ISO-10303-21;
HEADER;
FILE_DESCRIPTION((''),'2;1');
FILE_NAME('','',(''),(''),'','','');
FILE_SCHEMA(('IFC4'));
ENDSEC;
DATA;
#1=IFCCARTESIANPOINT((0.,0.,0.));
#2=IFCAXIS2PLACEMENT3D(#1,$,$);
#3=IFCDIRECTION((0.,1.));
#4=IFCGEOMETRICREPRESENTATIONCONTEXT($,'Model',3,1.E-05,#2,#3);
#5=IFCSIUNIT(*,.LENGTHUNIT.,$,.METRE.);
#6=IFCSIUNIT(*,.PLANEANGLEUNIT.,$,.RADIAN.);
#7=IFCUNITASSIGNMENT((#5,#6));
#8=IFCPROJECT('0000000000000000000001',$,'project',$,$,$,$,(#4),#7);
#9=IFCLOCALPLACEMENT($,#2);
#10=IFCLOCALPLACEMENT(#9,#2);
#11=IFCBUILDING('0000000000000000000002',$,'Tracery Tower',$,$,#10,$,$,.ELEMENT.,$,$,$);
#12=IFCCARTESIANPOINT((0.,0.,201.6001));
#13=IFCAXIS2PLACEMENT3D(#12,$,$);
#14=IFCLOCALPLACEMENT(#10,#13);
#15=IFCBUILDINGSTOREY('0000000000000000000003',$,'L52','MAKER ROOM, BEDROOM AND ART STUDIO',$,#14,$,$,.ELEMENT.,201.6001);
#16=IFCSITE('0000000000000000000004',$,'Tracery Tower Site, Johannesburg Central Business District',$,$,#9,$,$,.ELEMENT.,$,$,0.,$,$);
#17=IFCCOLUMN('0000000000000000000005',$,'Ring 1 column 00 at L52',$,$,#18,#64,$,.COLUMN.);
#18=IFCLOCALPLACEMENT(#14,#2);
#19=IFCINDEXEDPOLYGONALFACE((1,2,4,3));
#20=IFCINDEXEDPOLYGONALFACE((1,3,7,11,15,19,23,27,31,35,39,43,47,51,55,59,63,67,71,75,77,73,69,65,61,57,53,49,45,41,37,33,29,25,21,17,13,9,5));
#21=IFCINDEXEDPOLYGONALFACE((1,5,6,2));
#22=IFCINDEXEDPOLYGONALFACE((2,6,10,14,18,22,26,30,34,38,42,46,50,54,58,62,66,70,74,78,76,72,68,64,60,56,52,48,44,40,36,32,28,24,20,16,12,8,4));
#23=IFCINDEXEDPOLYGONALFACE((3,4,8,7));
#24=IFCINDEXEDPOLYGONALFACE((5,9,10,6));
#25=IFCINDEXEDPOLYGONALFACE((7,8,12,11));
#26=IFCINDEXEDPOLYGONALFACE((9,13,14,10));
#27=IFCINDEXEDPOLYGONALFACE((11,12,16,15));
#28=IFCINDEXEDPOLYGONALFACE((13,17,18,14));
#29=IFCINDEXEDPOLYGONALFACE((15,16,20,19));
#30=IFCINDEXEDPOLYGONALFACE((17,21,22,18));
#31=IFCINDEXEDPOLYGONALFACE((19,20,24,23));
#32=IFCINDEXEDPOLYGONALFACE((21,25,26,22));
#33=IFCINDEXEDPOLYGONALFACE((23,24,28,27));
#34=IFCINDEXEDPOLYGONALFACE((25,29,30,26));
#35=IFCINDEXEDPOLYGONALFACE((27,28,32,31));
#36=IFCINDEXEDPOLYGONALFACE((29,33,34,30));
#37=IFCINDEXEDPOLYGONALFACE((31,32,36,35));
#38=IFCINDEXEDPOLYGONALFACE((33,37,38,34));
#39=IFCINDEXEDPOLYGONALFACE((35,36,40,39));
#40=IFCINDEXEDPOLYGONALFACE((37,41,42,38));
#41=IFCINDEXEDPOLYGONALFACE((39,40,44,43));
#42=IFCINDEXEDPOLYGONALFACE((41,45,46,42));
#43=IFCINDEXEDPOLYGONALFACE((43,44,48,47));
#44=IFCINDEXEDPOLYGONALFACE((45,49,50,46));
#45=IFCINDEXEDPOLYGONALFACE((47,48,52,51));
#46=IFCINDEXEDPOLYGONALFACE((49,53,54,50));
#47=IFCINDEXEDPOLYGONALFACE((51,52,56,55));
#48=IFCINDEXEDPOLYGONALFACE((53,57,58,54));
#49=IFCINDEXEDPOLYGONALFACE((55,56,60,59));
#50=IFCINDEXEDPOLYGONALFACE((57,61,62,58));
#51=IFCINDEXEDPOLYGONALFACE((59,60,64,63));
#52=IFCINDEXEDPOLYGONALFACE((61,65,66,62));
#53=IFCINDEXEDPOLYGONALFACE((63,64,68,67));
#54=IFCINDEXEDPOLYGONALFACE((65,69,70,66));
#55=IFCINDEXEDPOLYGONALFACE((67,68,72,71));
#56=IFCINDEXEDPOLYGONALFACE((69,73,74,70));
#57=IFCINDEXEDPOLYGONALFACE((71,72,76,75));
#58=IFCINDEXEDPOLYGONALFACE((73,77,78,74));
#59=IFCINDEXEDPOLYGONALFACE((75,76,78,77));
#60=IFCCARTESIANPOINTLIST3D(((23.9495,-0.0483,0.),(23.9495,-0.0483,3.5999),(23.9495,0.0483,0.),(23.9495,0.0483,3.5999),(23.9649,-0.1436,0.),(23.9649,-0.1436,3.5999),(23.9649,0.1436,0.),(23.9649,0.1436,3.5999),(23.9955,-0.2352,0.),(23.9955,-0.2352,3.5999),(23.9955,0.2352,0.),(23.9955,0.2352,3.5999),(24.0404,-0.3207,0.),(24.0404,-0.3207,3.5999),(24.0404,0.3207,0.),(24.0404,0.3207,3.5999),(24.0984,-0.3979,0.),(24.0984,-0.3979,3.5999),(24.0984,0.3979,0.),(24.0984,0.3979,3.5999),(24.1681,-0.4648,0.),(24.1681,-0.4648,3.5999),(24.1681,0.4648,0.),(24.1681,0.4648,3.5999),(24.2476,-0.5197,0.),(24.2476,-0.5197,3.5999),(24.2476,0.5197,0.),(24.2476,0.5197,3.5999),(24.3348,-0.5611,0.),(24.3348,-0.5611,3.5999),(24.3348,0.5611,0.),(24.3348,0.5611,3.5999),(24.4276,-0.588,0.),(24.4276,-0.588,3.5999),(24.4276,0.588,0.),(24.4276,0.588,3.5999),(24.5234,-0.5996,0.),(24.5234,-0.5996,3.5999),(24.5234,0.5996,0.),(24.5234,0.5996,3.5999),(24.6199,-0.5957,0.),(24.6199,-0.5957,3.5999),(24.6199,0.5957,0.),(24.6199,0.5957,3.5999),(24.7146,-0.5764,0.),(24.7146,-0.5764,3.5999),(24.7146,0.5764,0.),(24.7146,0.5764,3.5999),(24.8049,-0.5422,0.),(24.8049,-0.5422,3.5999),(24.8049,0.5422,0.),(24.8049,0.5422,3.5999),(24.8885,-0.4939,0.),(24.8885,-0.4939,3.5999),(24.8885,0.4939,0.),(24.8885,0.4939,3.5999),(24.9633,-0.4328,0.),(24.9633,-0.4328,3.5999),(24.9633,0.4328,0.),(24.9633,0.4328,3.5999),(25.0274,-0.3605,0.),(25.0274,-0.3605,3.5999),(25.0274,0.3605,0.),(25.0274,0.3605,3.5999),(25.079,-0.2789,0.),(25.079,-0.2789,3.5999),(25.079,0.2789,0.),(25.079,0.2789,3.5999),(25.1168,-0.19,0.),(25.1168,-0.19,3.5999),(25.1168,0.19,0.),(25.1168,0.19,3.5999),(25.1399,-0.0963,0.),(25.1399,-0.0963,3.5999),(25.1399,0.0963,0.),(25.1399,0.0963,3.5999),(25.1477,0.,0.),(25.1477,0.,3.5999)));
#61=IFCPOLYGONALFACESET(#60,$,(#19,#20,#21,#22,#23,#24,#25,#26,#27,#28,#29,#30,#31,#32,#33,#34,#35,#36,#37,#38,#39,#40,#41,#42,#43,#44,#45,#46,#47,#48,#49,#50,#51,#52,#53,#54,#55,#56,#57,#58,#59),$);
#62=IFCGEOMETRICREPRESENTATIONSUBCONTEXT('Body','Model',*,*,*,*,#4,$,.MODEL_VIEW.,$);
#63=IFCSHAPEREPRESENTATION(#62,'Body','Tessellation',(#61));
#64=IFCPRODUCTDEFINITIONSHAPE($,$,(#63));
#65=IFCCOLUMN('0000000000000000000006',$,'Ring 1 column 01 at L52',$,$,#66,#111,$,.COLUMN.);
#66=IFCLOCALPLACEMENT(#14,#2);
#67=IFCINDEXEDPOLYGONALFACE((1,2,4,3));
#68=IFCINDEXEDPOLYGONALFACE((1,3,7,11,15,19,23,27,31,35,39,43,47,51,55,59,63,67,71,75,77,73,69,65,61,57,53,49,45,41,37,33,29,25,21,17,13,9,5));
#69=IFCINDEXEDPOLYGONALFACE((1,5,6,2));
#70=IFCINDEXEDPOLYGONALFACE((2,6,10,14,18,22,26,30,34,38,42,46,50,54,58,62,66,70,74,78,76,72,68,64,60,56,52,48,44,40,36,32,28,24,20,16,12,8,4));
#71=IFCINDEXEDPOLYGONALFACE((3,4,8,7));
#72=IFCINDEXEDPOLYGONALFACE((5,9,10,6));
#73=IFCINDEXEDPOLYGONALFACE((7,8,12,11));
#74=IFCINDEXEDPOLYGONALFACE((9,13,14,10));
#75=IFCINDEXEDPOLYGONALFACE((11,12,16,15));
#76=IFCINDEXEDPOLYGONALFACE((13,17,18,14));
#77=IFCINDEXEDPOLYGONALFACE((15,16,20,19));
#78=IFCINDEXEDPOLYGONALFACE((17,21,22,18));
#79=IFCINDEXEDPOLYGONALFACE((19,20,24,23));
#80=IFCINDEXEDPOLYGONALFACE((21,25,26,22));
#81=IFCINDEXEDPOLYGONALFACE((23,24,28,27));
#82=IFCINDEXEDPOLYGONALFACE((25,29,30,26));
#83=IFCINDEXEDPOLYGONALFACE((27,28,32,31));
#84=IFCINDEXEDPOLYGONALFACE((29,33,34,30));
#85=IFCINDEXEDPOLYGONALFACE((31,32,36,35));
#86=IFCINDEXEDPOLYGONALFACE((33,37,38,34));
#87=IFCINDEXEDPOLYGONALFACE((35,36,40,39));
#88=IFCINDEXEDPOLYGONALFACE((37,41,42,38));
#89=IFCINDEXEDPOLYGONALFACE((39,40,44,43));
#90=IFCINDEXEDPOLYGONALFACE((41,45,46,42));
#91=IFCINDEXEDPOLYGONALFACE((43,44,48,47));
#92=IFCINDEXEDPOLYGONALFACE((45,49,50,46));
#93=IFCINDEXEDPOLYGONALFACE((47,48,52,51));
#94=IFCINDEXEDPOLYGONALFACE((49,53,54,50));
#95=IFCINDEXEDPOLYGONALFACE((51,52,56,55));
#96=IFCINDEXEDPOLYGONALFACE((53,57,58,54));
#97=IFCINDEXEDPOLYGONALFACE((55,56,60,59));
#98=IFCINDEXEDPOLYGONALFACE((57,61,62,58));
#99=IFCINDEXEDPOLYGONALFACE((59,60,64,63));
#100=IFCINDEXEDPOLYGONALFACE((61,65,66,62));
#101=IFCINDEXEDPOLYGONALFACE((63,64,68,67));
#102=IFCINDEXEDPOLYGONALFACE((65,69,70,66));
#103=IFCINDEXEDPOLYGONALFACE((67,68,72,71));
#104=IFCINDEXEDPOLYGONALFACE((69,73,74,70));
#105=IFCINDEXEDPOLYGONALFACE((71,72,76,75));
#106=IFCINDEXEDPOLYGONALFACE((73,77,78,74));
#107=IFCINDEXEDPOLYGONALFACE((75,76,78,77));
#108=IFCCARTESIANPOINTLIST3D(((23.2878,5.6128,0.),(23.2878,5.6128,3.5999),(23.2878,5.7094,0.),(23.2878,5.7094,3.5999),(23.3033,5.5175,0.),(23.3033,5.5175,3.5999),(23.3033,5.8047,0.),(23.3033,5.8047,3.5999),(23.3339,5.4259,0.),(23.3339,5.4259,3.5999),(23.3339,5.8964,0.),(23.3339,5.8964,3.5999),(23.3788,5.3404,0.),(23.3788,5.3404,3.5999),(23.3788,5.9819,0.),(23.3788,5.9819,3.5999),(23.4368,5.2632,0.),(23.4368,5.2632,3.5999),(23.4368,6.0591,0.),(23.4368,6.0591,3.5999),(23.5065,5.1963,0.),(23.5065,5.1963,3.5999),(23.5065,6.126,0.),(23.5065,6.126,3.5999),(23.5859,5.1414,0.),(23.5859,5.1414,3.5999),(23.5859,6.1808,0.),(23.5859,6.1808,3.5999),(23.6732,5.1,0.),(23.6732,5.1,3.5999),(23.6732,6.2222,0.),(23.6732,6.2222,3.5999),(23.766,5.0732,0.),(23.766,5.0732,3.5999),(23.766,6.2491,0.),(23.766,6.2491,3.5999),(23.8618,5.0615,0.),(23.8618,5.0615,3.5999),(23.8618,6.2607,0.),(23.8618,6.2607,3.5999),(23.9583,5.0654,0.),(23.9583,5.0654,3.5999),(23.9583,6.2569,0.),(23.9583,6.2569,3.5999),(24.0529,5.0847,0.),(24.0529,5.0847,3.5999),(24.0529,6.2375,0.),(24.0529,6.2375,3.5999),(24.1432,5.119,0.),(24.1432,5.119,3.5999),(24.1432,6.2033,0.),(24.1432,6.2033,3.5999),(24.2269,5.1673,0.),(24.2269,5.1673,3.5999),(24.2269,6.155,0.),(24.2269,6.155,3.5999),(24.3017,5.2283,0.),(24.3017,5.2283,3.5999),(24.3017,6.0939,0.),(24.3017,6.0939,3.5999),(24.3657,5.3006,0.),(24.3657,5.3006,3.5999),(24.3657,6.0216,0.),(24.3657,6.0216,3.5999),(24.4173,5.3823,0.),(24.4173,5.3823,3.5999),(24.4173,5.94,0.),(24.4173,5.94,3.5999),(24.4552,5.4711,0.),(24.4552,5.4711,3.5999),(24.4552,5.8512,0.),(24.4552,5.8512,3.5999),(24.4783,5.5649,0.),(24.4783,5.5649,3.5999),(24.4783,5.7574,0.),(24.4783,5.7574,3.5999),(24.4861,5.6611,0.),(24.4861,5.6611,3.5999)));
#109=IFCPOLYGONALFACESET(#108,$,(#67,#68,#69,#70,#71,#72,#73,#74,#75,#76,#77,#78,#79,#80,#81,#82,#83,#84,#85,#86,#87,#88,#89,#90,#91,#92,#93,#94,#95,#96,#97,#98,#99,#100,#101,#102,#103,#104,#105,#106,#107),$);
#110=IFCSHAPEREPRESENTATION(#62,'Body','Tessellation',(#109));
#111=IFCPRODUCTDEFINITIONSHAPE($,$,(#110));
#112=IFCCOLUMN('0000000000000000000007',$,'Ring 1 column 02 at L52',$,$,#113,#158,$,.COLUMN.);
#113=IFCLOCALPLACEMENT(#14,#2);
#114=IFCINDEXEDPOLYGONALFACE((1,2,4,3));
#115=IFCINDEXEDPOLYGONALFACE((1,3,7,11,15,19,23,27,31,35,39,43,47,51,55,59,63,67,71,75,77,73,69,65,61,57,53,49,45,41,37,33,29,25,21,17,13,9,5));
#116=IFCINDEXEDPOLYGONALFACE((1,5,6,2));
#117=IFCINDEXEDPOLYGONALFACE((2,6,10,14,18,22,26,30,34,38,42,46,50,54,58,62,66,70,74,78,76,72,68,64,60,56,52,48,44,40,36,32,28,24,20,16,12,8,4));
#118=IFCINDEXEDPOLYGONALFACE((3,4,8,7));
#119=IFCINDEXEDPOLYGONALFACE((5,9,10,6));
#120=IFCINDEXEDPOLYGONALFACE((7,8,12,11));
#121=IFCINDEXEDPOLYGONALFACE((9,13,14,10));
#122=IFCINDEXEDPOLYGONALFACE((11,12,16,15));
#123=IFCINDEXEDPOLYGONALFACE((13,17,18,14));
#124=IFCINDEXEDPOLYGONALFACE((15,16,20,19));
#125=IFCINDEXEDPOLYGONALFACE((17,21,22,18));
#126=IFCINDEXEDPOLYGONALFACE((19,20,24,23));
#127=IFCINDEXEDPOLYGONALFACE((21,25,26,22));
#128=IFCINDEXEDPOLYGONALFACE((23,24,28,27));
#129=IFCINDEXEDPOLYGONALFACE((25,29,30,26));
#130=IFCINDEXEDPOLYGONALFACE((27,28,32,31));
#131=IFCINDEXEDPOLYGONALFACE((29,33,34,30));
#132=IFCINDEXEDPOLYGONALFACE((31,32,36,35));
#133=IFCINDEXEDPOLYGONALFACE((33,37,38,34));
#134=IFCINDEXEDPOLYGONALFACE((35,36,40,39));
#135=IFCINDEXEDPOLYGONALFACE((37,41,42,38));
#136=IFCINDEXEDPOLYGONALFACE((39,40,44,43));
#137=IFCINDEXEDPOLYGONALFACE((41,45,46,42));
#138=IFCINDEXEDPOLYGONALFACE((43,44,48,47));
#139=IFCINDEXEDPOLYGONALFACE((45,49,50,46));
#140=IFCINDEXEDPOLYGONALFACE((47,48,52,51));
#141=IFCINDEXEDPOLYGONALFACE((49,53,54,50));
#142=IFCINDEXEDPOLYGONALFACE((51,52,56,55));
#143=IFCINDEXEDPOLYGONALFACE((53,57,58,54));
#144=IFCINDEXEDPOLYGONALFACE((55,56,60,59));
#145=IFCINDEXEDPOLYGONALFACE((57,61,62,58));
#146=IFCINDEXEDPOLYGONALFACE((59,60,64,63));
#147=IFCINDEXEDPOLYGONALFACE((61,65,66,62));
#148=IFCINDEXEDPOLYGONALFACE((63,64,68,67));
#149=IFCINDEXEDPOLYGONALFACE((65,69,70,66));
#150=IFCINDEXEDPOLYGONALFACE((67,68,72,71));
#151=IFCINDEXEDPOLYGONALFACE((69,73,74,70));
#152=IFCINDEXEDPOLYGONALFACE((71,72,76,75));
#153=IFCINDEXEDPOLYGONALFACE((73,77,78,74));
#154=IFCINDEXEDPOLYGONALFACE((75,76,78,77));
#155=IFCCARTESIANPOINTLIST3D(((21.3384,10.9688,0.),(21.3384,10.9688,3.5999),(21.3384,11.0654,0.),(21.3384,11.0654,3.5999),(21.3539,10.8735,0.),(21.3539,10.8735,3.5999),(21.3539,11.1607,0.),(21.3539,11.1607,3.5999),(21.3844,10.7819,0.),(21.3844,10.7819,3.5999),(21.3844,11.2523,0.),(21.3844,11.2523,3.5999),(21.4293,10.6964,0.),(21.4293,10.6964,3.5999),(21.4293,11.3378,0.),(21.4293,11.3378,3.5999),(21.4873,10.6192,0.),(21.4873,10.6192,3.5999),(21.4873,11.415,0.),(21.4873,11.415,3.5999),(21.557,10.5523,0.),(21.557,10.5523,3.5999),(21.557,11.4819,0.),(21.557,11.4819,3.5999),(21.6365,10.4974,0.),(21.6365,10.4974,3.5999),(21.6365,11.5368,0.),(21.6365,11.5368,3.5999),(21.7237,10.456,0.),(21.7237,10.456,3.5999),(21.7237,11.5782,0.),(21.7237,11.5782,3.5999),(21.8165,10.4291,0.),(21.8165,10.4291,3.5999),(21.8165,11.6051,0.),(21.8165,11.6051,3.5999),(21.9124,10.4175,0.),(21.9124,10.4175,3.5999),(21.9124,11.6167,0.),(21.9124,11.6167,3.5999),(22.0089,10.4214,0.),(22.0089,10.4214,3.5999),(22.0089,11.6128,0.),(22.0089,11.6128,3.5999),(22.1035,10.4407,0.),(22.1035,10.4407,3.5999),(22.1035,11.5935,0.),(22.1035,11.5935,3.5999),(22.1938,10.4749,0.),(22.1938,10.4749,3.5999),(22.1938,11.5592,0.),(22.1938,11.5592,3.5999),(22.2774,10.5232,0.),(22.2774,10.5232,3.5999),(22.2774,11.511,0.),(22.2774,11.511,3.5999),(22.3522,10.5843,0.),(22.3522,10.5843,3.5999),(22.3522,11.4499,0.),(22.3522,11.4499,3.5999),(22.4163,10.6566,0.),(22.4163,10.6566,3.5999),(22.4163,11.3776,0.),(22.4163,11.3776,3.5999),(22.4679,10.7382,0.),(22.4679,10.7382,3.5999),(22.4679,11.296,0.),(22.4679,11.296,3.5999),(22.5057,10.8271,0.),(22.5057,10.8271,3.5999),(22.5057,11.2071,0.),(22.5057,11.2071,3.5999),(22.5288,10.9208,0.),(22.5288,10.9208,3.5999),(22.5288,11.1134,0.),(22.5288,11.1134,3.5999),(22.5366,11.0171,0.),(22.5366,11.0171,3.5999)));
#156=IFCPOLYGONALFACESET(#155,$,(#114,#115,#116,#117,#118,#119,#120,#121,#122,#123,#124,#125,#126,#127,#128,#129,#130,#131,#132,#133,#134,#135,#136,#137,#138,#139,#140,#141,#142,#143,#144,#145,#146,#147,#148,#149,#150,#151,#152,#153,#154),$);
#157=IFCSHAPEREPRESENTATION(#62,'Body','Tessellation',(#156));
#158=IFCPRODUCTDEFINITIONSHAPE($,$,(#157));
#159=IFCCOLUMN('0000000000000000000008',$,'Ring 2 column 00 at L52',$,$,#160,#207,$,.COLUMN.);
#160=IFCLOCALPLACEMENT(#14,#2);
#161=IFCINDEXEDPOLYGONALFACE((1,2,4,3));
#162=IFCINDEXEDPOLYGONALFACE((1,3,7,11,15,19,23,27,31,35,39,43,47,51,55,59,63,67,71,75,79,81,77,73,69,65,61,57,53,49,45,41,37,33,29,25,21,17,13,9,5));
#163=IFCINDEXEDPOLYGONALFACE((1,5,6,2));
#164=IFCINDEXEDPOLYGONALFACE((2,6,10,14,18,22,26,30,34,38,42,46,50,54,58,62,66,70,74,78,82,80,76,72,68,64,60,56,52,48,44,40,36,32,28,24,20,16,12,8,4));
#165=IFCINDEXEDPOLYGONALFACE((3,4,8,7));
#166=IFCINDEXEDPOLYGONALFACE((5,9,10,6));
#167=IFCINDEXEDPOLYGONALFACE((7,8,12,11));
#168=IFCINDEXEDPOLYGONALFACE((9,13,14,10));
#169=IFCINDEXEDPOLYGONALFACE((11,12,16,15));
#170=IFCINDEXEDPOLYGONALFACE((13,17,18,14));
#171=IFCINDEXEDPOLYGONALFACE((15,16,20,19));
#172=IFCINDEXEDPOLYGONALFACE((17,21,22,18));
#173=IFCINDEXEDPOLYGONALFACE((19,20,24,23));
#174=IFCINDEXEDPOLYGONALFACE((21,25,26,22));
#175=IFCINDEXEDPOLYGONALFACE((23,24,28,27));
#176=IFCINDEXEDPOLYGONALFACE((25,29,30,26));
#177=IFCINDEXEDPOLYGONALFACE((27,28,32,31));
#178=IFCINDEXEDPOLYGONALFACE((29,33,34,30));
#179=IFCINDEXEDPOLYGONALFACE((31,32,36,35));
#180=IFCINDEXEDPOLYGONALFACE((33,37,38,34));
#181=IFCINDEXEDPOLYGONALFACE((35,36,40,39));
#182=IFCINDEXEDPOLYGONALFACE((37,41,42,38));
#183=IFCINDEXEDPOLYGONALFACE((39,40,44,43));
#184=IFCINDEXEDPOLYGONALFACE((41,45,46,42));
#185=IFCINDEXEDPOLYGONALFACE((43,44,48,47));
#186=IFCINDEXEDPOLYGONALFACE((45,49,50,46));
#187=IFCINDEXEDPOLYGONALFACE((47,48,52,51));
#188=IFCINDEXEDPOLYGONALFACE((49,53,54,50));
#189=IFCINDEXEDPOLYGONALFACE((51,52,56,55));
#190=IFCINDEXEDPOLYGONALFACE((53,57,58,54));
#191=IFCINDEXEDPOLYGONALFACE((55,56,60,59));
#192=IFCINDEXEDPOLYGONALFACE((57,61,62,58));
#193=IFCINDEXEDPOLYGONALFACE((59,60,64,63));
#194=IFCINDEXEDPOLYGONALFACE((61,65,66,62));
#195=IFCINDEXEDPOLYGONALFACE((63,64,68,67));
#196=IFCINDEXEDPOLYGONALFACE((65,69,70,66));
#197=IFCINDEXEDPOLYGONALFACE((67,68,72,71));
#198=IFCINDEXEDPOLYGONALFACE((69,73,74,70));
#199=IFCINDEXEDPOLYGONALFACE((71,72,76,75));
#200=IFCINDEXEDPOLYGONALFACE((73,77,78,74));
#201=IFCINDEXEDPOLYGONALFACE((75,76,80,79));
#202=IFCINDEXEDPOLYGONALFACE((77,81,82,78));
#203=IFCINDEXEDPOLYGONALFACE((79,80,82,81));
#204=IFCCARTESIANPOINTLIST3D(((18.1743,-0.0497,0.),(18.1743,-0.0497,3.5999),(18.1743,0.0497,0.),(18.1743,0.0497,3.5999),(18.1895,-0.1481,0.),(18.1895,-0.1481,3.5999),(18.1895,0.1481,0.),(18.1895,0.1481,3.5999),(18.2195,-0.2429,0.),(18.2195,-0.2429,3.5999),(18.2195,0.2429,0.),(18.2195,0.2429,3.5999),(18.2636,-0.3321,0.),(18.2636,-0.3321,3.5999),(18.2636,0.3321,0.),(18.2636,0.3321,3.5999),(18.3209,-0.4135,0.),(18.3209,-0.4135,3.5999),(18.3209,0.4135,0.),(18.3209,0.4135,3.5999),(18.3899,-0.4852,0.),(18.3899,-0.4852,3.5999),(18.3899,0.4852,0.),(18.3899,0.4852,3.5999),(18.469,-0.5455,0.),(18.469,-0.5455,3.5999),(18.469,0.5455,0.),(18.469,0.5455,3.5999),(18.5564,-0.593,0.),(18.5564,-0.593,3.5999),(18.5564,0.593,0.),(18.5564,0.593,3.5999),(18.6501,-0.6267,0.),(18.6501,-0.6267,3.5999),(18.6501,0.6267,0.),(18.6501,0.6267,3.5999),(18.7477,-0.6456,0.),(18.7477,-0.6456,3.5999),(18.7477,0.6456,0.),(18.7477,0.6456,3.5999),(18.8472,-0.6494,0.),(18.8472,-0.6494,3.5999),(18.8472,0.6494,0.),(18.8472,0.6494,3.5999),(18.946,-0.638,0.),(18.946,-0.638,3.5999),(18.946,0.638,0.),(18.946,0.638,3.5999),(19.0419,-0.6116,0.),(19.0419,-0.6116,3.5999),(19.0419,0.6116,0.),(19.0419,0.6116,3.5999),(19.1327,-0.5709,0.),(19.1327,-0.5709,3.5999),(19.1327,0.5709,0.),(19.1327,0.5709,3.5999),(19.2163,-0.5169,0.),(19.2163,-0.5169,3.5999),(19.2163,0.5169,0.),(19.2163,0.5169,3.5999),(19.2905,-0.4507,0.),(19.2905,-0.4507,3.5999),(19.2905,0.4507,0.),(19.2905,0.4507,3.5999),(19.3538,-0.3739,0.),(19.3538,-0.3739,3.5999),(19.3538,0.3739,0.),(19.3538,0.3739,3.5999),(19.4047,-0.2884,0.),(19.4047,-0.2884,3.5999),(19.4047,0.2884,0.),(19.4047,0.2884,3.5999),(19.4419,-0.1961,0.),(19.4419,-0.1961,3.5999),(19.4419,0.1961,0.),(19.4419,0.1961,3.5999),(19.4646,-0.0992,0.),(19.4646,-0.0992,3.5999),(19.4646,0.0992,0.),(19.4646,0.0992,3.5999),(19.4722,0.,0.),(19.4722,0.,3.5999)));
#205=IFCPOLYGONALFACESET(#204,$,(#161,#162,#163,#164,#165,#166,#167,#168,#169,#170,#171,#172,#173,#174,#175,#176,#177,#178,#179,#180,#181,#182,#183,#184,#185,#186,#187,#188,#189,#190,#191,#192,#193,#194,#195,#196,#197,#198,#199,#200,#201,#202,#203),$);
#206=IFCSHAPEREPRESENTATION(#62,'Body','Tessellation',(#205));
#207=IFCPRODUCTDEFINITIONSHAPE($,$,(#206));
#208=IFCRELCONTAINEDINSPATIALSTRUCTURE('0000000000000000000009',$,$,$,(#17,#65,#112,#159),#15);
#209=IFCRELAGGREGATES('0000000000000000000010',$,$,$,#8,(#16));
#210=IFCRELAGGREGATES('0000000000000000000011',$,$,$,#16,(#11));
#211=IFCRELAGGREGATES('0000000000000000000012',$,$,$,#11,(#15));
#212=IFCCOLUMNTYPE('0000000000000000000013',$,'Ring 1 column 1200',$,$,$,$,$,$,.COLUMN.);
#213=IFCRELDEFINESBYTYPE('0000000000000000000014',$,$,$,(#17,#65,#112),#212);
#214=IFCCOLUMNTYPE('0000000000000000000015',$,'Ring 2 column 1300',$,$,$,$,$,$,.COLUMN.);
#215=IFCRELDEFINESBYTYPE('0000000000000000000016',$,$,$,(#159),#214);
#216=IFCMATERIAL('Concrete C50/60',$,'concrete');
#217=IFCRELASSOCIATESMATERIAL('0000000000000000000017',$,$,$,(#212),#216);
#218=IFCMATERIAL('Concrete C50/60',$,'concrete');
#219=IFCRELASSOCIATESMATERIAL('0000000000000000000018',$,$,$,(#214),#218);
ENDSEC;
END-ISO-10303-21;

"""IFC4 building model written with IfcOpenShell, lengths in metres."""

from ifc_helpers import new_model, si_unit, direction, frame, origin, origin_2d, place, context, subcontext, project, spatial, circle, extrude, material, material_profile, profile_set, type_object, element, save


model = new_model("IFC4")

# Units and contexts
model_context = context("Model", 3, precision=1e-05, world=origin(), true_north=direction((0.0, 1.0)))
body_context = subcontext(model_context, "Body", "Model", "MODEL_VIEW")
ifc_project = project(units=[si_unit("LENGTHUNIT", "METRE"), si_unit("PLANEANGLEUNIT", "RADIAN")], contexts=[model_context])

# Site, building, storey
site_placement = place(None, origin())
site = spatial("IfcSite", under=ifc_project, at=site_placement, Name="Tracery Tower Site, Johannesburg Central Business District", CompositionType="ELEMENT", RefElevation=0.0)
building_placement = place(site_placement, origin())
building = spatial("IfcBuilding", under=site, at=building_placement, Name="Tracery Tower", CompositionType="ELEMENT")
storey_placement = place(building_placement, frame((0.0, 0.0, 201.6001)))
storey = spatial("IfcBuildingStorey", under=building, at=storey_placement, Name="L52", Description="MAKER ROOM, BEDROOM AND ART STUDIO", CompositionType="ELEMENT", Elevation=201.6001)

# Columns
ifc_material_1 = material(Name="Concrete C50/60", Category="concrete")
ifc_material_profile_1 = material_profile(ifc_material_1, circle(Radius=0.6001, at=origin_2d()), Name="RC D1200")
ifc_profile_set_1 = profile_set([ifc_material_profile_1], Name="Concrete C50/60")
column_type_1 = type_object("IfcColumnType", Name="Ring 1 column 1200", PredefinedType="COLUMN", material=ifc_profile_set_1)
for number, where, z_axis, x_axis, name in (
    (1, (24.5476, 0.0, 0.0), (0.0, 0.0, 1.0), (1.0, 0.0, 0.0), "Ring 1 column 00 at L52"),
    (2, (23.886, 5.6611, 0.0), (0.0, 0.0, 1.0), (1.0, 0.0, 0.0), "Ring 1 column 01 at L52"),
    (3, (21.9365, 11.0171, 0.0), (0.0, 0.0, 1.0), (1.0, 0.0, 0.0), "Ring 1 column 02 at L52"),
):
    element("IfcColumn", number, at=place(storey_placement, frame(where, z_axis=z_axis, x_axis=x_axis)), inside=storey, type_object=column_type_1, Name=name, PredefinedType="COLUMN", context=body_context, shape_type="SweptSolid", body=[
        extrude(circle(Radius=0.6001, at=origin_2d()), origin(), (0.0, 0.0, 1.0), 3.5999),
    ])
ifc_material_2 = material(Name="Concrete C50/60", Category="concrete")
ifc_material_profile_2 = material_profile(ifc_material_2, circle(Radius=0.6499, at=origin_2d()), Name="RC D1300")
ifc_profile_set_2 = profile_set([ifc_material_profile_2], Name="Concrete C50/60")
column_type_2 = type_object("IfcColumnType", Name="Ring 2 column 1300", PredefinedType="COLUMN", material=ifc_profile_set_2)
for number, where, z_axis, x_axis, name in (
    (4, (18.8223, 0.0, 0.0), (0.0, 0.0, 1.0), (1.0, 0.0, 0.0), "Ring 2 column 00 at L52"),
):
    element("IfcColumn", number, at=place(storey_placement, frame(where, z_axis=z_axis, x_axis=x_axis)), inside=storey, type_object=column_type_2, Name=name, PredefinedType="COLUMN", context=body_context, shape_type="SweptSolid", body=[
        extrude(circle(Radius=0.6499, at=origin_2d()), origin(), (0.0, 0.0, 1.0), 3.5999),
    ])

save(model, "model.ifc")
